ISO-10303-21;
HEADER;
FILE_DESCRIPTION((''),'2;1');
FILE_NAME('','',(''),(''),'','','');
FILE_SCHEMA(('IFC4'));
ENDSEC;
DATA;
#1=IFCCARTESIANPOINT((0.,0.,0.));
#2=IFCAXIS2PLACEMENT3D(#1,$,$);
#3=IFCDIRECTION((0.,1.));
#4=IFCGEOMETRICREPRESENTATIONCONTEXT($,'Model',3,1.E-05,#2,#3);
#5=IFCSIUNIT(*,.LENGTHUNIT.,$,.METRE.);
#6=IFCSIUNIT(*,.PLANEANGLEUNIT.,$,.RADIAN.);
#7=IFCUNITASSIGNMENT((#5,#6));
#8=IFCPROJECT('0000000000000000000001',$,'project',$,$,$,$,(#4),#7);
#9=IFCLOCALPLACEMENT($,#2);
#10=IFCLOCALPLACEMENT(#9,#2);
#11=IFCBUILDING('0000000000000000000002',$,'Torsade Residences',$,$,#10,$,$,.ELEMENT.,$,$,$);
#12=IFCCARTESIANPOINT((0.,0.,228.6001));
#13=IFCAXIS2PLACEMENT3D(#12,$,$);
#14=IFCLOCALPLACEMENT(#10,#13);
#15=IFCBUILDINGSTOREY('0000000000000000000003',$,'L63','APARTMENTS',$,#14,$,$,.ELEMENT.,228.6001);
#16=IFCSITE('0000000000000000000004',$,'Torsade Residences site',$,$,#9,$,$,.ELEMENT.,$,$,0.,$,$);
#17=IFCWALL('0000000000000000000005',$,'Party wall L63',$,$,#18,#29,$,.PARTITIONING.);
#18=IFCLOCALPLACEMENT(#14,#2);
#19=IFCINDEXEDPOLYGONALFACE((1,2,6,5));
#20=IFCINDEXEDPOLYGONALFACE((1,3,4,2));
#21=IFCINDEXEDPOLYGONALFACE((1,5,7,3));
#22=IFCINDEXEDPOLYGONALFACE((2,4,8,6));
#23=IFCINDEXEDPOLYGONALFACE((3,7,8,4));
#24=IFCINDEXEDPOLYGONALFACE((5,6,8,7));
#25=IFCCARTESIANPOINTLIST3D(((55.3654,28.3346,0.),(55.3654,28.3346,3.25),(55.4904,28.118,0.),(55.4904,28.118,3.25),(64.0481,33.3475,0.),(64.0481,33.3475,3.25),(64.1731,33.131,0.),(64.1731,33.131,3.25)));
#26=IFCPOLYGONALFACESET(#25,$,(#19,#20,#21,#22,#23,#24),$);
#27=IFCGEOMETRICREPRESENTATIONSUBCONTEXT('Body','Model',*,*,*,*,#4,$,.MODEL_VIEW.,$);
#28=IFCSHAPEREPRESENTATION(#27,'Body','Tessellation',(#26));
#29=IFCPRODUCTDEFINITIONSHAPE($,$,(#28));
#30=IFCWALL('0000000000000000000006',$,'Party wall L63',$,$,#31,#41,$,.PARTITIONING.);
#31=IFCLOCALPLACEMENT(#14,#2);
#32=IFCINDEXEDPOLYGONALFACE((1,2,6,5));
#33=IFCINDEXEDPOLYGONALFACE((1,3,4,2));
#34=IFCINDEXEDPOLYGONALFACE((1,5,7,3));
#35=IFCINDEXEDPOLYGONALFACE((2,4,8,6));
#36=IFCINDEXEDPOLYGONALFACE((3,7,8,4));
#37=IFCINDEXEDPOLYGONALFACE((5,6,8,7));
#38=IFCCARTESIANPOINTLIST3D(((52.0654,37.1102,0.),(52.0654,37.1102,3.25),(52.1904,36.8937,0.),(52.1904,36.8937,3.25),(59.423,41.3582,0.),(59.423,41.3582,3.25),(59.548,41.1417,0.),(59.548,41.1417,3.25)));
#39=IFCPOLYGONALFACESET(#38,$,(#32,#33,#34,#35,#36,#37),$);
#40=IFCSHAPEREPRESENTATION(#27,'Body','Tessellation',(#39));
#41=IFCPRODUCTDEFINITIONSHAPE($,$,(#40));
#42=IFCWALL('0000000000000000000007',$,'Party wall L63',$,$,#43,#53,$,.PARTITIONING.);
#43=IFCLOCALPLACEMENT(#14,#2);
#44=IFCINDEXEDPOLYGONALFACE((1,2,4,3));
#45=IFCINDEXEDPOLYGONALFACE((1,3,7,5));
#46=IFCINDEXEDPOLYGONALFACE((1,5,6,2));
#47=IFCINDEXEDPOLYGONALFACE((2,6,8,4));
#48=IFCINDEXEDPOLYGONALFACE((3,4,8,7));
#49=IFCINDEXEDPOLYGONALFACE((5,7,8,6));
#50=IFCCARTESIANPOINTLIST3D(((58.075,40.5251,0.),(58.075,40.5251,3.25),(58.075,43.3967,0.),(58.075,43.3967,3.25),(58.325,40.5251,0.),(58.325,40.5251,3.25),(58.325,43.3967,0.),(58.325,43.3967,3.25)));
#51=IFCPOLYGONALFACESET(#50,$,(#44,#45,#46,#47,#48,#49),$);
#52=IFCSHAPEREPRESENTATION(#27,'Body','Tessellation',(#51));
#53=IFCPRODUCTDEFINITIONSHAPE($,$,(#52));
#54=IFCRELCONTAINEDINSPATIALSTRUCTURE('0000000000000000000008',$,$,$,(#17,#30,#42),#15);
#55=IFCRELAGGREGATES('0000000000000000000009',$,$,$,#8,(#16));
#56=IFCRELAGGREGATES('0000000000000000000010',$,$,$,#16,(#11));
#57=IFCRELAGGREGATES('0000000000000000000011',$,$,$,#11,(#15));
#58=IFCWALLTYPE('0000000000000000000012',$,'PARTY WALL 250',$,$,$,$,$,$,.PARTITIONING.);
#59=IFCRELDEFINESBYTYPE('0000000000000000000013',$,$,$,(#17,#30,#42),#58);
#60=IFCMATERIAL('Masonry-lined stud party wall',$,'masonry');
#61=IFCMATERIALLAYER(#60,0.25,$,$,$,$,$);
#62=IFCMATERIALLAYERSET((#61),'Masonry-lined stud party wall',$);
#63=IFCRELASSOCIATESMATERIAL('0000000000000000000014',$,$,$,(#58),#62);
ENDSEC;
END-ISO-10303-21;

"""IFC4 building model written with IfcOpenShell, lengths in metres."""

from ifc_helpers import new_model, si_unit, direction, frame, frame_2d, origin, place, context, subcontext, project, spatial, rectangle, extrude, material, layer, layer_set, type_object, element, save


model = new_model("IFC4")

# Units and contexts
model_context = context("Model", 3, precision=1e-05, world=origin(), true_north=direction((0.0, 1.0)))
body_context = subcontext(model_context, "Body", "Model", "MODEL_VIEW")
ifc_project = project(units=[si_unit("LENGTHUNIT", "METRE"), si_unit("PLANEANGLEUNIT", "RADIAN")], contexts=[model_context])

# Site, building, storey
site_placement = place(None, origin())
site = spatial("IfcSite", under=ifc_project, at=site_placement, Name="Torsade Residences site", CompositionType="ELEMENT", RefElevation=0.0)
building_placement = place(site_placement, origin())
building = spatial("IfcBuilding", under=site, at=building_placement, Name="Torsade Residences", CompositionType="ELEMENT")
storey_placement = place(building_placement, frame((0.0, 0.0, 228.6001)))
storey = spatial("IfcBuildingStorey", under=building, at=storey_placement, Name="L63", Description="APARTMENTS", CompositionType="ELEMENT", Elevation=228.6001)

# Walls
ifc_material_1 = material(Name="Masonry-lined stud party wall", Category="masonry")
ifc_layer_1 = layer(ifc_material_1, 0.25)
ifc_layer_set_1 = layer_set([ifc_layer_1], Name="Masonry-lined stud party wall")
wall_type_1 = type_object("IfcWallType", Name="PARTY WALL 250", PredefinedType="PARTITIONING", material=ifc_layer_set_1)
wall_1_placement = place(storey_placement, frame((64.1106, 33.2393, 0.0), z_axis=(0.0, 0.0, 1.0), x_axis=(-0.866024, -0.500002, 0.0)))
element("IfcWall", 1, at=wall_1_placement, inside=storey, type_object=wall_type_1, Name="Party wall L63", PredefinedType="PARTITIONING", context=body_context, shape_type="SweptSolid", body=[
    extrude(rectangle(XDim=10.0259, YDim=0.25, at=frame_2d((5.0129, 0.0))), origin(), (0.0, 0.0, 1.0), 3.25),
])
wall_2_placement = place(storey_placement, frame((59.4856, 41.25, 0.0), z_axis=(0.0, 0.0, 1.0), x_axis=(-0.86602, -0.500009, 0.0)))
element("IfcWall", 2, at=wall_2_placement, inside=storey, type_object=wall_type_1, Name="Party wall L63", PredefinedType="PARTITIONING", context=body_context, shape_type="SweptSolid", body=[
    extrude(rectangle(XDim=8.4958, YDim=0.25, at=frame_2d((4.248, 0.0))), origin(), (0.0, 0.0, 1.0), 3.25),
])
wall_3_placement = place(storey_placement, frame((58.2, 40.5251, 0.0), z_axis=(0.0, 0.0, 1.0), x_axis=(0.0, 1.0, 0.0)))
element("IfcWall", 3, at=wall_3_placement, inside=storey, type_object=wall_type_1, Name="Party wall L63", PredefinedType="PARTITIONING", context=body_context, shape_type="SweptSolid", body=[
    extrude(rectangle(XDim=2.8716, YDim=0.25, at=frame_2d((1.4358, 0.0))), origin(), (0.0, 0.0, 1.0), 3.25),
])

save(model, "model.ifc")
